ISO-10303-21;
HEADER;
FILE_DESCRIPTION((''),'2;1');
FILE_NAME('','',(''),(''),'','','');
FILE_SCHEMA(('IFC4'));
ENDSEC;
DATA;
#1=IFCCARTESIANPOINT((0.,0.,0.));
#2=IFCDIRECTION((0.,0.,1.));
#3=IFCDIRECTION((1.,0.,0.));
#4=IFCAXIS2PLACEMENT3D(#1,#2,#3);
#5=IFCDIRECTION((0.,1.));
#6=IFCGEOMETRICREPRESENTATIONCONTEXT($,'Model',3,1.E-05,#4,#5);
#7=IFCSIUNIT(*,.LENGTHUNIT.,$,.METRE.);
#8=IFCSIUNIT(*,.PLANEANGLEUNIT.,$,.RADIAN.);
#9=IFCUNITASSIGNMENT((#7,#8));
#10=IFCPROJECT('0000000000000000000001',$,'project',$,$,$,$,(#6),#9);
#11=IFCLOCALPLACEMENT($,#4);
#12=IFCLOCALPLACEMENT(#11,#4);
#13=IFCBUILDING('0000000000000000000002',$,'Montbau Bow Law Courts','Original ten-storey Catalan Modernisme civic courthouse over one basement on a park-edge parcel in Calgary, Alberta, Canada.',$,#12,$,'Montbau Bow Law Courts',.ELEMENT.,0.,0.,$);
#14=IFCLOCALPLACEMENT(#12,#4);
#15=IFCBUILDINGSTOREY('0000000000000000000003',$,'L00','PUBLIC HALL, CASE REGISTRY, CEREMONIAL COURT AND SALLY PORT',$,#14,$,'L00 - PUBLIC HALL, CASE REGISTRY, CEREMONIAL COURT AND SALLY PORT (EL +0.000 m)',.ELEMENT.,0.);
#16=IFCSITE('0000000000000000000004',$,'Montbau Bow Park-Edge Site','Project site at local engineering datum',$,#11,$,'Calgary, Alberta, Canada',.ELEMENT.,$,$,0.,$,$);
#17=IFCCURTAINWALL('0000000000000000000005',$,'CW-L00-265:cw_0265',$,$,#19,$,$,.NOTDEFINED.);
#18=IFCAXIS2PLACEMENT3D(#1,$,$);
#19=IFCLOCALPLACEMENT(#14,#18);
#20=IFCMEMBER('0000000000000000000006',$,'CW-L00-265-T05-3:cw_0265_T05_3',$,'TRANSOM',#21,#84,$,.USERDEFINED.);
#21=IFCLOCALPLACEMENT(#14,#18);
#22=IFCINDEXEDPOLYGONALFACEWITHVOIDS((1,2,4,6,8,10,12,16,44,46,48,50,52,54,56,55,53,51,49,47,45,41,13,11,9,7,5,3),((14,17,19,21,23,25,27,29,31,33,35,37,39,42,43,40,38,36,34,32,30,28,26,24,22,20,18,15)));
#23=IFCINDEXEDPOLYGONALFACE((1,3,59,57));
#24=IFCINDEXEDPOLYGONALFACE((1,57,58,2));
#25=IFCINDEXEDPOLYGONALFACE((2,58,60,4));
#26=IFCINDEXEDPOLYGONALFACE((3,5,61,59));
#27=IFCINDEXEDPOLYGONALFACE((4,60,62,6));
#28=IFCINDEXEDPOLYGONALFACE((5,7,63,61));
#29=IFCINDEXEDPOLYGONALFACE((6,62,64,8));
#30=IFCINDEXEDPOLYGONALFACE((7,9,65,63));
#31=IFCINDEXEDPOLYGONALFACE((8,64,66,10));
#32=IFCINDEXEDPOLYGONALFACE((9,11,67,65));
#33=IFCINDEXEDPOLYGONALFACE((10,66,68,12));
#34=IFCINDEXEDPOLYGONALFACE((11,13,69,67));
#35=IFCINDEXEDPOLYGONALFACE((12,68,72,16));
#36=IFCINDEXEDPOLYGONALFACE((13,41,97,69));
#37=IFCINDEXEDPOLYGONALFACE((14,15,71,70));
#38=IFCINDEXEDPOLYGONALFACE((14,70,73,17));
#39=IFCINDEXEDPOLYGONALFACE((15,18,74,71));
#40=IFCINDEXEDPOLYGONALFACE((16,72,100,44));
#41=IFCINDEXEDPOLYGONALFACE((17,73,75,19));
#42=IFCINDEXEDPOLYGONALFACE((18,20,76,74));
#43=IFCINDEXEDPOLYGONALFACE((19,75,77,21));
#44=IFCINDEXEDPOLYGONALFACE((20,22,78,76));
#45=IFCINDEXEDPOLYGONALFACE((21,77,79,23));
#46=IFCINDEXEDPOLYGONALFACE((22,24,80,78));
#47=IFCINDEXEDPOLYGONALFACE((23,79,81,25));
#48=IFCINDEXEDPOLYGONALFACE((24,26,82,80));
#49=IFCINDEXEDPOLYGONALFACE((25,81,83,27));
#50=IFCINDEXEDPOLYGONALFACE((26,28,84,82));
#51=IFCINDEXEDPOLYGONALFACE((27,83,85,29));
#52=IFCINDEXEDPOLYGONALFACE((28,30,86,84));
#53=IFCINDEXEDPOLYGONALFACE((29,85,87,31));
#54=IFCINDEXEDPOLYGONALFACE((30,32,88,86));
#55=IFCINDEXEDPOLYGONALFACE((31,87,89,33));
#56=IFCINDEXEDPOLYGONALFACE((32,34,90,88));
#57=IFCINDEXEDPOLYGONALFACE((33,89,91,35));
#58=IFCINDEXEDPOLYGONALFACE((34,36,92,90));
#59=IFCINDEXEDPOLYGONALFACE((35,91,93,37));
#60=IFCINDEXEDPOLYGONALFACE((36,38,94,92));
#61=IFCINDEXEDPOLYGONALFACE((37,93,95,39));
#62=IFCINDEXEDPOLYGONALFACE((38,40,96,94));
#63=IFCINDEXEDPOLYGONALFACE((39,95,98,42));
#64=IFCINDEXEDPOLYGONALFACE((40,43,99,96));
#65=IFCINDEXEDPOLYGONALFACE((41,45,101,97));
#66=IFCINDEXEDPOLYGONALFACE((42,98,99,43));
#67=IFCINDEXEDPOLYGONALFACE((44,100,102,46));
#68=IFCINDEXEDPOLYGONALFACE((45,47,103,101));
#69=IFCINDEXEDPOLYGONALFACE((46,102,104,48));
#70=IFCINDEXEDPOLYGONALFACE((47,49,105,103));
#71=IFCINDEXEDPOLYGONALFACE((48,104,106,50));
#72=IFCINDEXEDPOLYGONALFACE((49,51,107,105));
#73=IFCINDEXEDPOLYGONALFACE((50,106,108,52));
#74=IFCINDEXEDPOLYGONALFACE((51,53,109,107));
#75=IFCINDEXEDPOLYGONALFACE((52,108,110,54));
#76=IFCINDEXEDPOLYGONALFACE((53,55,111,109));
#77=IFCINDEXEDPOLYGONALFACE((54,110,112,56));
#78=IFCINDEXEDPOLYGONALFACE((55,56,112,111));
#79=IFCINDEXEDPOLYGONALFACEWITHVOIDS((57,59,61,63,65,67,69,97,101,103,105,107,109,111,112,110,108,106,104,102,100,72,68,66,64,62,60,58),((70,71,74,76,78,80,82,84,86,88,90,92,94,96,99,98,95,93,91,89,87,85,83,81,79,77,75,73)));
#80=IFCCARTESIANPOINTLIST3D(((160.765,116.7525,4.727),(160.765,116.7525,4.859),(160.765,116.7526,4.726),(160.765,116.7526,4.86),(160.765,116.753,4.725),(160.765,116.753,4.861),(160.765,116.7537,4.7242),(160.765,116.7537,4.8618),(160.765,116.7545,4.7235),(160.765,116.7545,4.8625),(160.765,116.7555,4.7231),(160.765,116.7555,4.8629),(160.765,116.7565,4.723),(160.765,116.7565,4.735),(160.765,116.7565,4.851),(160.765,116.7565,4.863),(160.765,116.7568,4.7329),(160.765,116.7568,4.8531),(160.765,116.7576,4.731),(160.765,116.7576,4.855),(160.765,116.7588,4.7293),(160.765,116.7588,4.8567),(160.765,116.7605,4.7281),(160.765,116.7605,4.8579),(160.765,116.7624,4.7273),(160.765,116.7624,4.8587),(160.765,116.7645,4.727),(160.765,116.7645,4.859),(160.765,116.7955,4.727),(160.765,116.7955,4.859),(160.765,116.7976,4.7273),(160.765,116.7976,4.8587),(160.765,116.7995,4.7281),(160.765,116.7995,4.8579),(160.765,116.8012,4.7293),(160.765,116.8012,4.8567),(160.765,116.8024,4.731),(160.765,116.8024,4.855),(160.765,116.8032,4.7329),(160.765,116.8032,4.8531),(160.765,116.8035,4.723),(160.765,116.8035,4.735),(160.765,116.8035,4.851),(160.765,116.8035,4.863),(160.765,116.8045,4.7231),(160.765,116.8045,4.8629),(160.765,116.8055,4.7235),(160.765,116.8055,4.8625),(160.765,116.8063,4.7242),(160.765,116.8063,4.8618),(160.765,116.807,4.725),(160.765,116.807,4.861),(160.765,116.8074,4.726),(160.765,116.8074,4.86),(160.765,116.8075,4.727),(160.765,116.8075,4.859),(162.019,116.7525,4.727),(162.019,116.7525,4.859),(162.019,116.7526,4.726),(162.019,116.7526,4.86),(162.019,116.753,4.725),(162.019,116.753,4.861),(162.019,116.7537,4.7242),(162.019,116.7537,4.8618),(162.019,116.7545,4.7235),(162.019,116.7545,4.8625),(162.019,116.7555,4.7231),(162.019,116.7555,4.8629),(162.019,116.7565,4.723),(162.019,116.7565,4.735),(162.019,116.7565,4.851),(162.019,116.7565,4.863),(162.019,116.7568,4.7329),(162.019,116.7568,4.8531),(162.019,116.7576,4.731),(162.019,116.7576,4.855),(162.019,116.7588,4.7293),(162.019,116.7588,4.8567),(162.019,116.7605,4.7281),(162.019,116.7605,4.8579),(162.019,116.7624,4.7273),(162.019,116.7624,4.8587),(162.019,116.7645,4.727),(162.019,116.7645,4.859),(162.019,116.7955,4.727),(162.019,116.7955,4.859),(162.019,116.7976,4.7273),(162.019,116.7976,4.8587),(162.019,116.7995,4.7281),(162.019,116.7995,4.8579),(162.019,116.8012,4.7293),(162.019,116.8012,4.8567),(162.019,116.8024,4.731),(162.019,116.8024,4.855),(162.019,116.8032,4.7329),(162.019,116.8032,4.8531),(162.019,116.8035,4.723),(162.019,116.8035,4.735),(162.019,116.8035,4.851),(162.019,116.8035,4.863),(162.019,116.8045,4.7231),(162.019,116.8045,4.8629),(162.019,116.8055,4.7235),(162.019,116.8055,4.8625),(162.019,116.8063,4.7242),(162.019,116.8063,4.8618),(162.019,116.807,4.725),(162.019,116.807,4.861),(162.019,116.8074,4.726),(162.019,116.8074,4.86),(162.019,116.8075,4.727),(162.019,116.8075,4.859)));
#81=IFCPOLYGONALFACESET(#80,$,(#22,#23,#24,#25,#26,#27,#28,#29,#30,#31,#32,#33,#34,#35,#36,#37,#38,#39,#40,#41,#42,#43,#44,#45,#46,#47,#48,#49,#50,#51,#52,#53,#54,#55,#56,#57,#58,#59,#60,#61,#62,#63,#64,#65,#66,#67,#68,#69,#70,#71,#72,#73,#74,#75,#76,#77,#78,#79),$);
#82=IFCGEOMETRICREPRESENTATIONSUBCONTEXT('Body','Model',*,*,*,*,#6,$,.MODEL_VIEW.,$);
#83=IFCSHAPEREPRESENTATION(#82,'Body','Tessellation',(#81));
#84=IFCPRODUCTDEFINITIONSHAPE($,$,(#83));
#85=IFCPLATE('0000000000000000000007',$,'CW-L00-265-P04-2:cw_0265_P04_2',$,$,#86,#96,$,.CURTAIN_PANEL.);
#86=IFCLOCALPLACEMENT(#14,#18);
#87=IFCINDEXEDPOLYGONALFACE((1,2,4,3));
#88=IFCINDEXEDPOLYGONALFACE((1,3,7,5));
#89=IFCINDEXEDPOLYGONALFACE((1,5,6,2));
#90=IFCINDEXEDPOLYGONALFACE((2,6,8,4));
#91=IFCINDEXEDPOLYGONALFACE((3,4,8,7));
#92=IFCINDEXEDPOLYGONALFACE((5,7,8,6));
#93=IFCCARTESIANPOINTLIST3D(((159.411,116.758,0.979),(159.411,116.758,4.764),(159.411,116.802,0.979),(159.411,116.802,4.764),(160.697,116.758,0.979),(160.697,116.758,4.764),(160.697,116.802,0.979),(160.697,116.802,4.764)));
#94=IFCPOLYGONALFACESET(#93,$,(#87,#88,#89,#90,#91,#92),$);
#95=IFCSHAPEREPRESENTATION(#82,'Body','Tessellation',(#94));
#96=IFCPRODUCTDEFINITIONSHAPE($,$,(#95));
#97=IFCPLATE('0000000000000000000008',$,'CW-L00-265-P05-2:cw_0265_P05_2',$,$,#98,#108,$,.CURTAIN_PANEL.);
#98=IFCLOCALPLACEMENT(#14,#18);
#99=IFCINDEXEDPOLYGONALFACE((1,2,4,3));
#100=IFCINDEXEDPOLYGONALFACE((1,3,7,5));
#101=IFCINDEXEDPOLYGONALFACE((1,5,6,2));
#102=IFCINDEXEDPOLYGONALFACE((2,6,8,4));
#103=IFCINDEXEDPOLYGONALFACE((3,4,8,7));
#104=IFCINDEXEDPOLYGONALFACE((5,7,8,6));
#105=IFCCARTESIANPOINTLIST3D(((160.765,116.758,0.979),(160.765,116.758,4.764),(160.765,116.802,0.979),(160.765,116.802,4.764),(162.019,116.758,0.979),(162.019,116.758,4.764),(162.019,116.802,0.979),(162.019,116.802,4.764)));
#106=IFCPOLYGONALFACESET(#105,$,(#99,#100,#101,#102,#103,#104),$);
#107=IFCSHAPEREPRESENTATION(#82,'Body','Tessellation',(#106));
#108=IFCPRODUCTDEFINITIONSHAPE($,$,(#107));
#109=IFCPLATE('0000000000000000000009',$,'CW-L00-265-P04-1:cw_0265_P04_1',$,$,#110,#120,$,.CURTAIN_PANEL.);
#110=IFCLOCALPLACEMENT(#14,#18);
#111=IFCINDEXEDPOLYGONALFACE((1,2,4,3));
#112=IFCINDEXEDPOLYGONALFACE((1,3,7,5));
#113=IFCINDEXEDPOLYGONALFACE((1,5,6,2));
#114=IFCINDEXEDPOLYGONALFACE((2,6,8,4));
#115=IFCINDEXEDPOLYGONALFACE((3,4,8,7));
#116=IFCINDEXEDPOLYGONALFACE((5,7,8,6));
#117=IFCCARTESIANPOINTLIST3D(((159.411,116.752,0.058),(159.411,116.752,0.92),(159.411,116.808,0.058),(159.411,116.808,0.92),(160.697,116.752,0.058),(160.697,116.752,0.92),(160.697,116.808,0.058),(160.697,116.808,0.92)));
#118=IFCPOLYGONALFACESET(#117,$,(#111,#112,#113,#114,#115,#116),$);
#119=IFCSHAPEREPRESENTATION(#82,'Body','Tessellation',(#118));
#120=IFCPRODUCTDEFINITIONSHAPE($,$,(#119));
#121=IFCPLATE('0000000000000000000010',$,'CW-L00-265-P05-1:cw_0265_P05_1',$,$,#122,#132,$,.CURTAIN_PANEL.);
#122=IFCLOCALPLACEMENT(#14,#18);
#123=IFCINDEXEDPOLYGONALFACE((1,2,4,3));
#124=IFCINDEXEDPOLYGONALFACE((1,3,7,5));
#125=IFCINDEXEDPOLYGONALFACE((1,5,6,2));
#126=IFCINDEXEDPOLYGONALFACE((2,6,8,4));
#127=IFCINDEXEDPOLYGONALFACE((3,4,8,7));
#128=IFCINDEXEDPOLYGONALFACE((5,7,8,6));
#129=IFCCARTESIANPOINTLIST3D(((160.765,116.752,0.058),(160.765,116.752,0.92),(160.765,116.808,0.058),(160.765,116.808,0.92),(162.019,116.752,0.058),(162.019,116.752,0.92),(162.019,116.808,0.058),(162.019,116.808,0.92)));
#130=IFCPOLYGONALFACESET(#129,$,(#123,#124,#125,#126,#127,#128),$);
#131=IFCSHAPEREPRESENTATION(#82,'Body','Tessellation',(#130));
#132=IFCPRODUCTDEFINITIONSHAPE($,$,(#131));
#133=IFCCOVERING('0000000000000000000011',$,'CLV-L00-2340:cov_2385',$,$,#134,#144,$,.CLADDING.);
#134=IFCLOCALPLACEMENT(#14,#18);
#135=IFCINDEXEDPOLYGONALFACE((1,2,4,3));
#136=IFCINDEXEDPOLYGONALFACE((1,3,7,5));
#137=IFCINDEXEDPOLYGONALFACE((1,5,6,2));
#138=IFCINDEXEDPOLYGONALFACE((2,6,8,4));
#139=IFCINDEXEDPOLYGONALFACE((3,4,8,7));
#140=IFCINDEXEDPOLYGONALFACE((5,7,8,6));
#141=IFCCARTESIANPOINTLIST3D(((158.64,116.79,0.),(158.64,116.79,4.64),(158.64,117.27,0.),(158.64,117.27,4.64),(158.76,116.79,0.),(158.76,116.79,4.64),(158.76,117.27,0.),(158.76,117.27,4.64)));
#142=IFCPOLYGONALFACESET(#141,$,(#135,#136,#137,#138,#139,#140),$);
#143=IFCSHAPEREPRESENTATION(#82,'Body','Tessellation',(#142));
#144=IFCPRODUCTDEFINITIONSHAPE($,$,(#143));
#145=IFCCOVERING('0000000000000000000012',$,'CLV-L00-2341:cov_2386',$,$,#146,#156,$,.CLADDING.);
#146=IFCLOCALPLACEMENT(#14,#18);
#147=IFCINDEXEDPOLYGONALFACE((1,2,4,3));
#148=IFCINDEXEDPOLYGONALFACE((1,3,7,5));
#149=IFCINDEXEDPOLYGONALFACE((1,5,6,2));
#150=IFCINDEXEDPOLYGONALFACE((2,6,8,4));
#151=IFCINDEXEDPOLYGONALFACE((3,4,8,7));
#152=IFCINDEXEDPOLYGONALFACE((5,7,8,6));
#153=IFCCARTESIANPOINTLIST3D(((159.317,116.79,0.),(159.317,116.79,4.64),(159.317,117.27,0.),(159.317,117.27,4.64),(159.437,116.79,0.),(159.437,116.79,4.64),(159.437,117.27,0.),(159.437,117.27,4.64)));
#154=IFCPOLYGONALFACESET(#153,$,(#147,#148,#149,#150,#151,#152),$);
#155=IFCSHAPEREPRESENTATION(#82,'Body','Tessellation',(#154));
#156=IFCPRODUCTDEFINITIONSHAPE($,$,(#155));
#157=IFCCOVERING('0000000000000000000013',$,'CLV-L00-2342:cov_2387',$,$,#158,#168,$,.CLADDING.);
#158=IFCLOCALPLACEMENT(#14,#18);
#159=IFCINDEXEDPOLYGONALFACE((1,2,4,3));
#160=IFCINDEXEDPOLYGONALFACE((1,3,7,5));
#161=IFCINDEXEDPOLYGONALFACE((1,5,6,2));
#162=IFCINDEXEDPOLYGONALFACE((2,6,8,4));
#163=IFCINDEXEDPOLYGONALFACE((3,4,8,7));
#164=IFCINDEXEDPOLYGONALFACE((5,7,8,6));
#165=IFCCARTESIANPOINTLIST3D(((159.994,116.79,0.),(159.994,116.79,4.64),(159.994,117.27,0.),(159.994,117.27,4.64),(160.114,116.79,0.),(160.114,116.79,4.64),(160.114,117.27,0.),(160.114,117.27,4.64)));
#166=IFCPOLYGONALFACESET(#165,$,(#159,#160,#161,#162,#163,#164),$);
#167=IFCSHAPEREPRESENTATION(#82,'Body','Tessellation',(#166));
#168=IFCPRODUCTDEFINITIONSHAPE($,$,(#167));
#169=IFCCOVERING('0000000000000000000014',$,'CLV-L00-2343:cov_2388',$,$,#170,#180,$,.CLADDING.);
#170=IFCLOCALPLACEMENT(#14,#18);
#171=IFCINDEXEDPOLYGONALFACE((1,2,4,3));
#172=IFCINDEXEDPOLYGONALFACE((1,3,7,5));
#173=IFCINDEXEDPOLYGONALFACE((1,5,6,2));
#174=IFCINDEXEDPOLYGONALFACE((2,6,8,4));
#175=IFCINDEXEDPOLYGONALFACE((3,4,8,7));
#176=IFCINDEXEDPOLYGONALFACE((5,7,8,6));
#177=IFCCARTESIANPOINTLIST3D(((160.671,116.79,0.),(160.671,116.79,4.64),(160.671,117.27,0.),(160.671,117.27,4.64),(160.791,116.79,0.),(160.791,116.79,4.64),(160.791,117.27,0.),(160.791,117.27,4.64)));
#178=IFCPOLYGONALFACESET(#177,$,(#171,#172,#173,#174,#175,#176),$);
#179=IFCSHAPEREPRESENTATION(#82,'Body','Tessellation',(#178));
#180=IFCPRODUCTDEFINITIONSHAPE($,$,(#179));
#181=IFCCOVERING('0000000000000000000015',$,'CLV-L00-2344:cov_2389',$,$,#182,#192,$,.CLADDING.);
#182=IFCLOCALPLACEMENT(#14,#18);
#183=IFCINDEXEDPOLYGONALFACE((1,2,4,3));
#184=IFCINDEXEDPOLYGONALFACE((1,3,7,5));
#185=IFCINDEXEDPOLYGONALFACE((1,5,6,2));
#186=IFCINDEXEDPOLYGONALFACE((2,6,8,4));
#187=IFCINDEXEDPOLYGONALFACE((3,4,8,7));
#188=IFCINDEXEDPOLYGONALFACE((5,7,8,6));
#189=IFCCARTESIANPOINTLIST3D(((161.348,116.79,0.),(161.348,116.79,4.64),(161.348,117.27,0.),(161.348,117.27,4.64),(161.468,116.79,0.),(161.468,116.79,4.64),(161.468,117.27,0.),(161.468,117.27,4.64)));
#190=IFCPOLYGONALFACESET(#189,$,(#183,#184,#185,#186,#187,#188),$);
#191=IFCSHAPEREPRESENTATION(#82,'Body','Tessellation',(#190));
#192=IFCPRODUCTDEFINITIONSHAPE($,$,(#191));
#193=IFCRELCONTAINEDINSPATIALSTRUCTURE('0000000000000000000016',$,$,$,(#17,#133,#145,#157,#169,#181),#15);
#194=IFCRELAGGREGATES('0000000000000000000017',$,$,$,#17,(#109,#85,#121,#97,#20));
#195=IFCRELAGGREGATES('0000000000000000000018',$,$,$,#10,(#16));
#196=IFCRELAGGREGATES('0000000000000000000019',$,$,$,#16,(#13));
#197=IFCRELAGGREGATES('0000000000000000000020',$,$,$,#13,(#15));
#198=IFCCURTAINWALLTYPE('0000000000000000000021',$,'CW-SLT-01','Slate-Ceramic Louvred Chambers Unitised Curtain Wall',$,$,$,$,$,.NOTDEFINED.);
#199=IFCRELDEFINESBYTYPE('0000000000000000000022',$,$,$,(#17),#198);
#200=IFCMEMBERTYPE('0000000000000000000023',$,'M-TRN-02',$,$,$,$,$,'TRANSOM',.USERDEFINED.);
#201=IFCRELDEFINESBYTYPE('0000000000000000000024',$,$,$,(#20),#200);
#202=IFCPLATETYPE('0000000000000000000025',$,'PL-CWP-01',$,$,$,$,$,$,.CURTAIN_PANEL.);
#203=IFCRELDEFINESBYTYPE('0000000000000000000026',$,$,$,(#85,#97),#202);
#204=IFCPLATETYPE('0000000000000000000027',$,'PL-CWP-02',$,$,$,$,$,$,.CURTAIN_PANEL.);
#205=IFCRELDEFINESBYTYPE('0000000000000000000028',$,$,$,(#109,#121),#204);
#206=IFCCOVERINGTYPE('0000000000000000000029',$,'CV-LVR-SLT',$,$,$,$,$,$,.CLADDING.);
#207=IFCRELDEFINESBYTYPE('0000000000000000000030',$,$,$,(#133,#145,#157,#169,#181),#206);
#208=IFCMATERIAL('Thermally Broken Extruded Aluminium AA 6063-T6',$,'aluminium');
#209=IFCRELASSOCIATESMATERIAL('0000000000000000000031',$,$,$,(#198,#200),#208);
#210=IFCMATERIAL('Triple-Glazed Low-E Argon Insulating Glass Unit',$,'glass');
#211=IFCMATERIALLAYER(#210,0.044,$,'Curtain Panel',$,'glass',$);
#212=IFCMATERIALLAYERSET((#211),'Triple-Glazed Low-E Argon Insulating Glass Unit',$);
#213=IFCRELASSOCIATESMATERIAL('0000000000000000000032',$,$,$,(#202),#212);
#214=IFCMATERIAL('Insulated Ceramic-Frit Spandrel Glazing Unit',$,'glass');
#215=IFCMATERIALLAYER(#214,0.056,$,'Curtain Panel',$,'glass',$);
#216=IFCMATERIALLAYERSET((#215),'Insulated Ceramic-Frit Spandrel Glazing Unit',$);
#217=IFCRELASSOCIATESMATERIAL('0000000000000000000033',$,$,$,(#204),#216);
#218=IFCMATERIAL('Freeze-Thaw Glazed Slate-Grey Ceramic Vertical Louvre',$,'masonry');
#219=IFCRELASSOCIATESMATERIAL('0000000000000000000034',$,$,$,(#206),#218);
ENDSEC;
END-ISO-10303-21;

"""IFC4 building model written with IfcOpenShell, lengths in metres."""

from ifc_helpers import new_model, si_unit, direction, frame, frame_2d, origin_with_axes, origin_2d_with_axis, place, context, subcontext, project, spatial, rectangle, hollow_rectangle, extrude, material, layer, layer_set, material_profile, profile_set, type_object, element, aggregate, save


model = new_model("IFC4")

# Units and contexts
model_context = context("Model", 3, precision=1e-05, world=origin_with_axes(), true_north=direction((0.0, 1.0)))
body_context = subcontext(model_context, "Body", "Model", "MODEL_VIEW")
ifc_project = project(units=[si_unit("LENGTHUNIT", "METRE"), si_unit("PLANEANGLEUNIT", "RADIAN")], contexts=[model_context])

# Site, building, storey
site_placement = place(None, origin_with_axes())
site = spatial("IfcSite", under=ifc_project, at=site_placement, Name="Montbau Bow Park-Edge Site", Description="Project site at local engineering datum", LongName="Calgary, Alberta, Canada", CompositionType="ELEMENT", RefElevation=0.0)
building_placement = place(site_placement, origin_with_axes())
building = spatial("IfcBuilding", under=site, at=building_placement, Name="Montbau Bow Law Courts", Description="Original ten-storey Catalan Modernisme civic courthouse over one basement on a park-edge parcel in Calgary, Alberta, Canada.", LongName="Montbau Bow Law Courts", CompositionType="ELEMENT", ElevationOfRefHeight=0.0, ElevationOfTerrain=0.0)
storey_placement = place(building_placement, origin_with_axes())
storey = spatial("IfcBuildingStorey", under=building, at=storey_placement, Name="L00", Description="PUBLIC HALL, CASE REGISTRY, CEREMONIAL COURT AND SALLY PORT", LongName="L00 - PUBLIC HALL, CASE REGISTRY, CEREMONIAL COURT AND SALLY PORT (EL +0.000 m)", CompositionType="ELEMENT", Elevation=0.0)

# Curtain wall
ifc_material_1 = material(Name="Thermally Broken Extruded Aluminium AA 6063-T6", Category="aluminium")
curtain_wall_type = type_object("IfcCurtainWallType", Name="CW-SLT-01", Description="Slate-Ceramic Louvred Chambers Unitised Curtain Wall", PredefinedType="NOTDEFINED", material=ifc_material_1)
curtain_wall_1_placement = place(None, frame((155.315, 116.78, 0.0), z_axis=(0.0, 0.0, 1.0), x_axis=(1.0, 0.0, 0.0)))
curtain_wall_1 = element("IfcCurtainWall", 1, at=curtain_wall_1_placement, inside=storey, type_object=curtain_wall_type, Name="CW-L00-265:cw_0265", PredefinedType="NOTDEFINED")

# Member
ifc_material_profile_1 = material_profile(ifc_material_1, hollow_rectangle(XDim=0.055, YDim=0.14, WallThickness=0.004, InnerFilletRadius=0.008, OuterFilletRadius=0.004, at=origin_2d_with_axis()), Name="CWT-140X55", Category="Main", Priority=0)
ifc_profile_set_1 = profile_set([ifc_material_profile_1], Name="Thermally Broken Extruded Aluminium AA 6063-T6")
member_type_1 = type_object("IfcMemberType", Name="M-TRN-02", ElementType="TRANSOM", PredefinedType="USERDEFINED", material=ifc_profile_set_1)
member_1_placement = place(None, frame((160.765, 116.78, 4.793), z_axis=(1.0, 0.0, 0.0), x_axis=(0.0, 1.0, 0.0)))
member_1 = element("IfcMember", 2, at=member_1_placement, type_object=member_type_1, Name="CW-L00-265-T05-3:cw_0265_T05_3", ObjectType="TRANSOM", PredefinedType="USERDEFINED", context=body_context, shape_type="SweptSolid", body=[
    extrude(hollow_rectangle(XDim=0.055, YDim=0.14, WallThickness=0.004, InnerFilletRadius=0.008, OuterFilletRadius=0.004, at=origin_2d_with_axis()), origin_with_axes(), (0.0, 0.0, 1.0), 1.254),
])

# Plates
ifc_material_2 = material(Name="Triple-Glazed Low-E Argon Insulating Glass Unit", Category="glass")
ifc_layer_1 = layer(ifc_material_2, 0.044, Name="Curtain Panel", Category="glass")
ifc_layer_set_1 = layer_set([ifc_layer_1], Name="Triple-Glazed Low-E Argon Insulating Glass Unit")
plate_type_1 = type_object("IfcPlateType", Name="PL-CWP-01", PredefinedType="CURTAIN_PANEL", material=ifc_layer_set_1)
plate_1_placement = place(None, frame((159.411, 116.78, 0.979), z_axis=(0.0, -1.0, 0.0), x_axis=(1.0, 0.0, 0.0)))
plate_1 = element("IfcPlate", 3, at=plate_1_placement, type_object=plate_type_1, Name="CW-L00-265-P04-2:cw_0265_P04_2", PredefinedType="CURTAIN_PANEL", context=body_context, shape_type="SweptSolid", body=[
    extrude(rectangle(XDim=1.286, YDim=3.785, at=frame_2d((0.643, 1.8925), x_axis=(1.0, 0.0))), frame((0.0, 0.0, -0.022), z_axis=(0.0, 0.0, 1.0), x_axis=(1.0, 0.0, 0.0)), (0.0, 0.0, 1.0), 0.044),
])
plate_2_placement = place(None, frame((160.765, 116.78, 0.979), z_axis=(0.0, -1.0, 0.0), x_axis=(1.0, 0.0, 0.0)))
plate_2 = element("IfcPlate", 4, at=plate_2_placement, type_object=plate_type_1, Name="CW-L00-265-P05-2:cw_0265_P05_2", PredefinedType="CURTAIN_PANEL", context=body_context, shape_type="SweptSolid", body=[
    extrude(rectangle(XDim=1.254, YDim=3.785, at=frame_2d((0.627, 1.8925), x_axis=(1.0, 0.0))), frame((0.0, 0.0, -0.022), z_axis=(0.0, 0.0, 1.0), x_axis=(1.0, 0.0, 0.0)), (0.0, 0.0, 1.0), 0.044),
])
ifc_material_3 = material(Name="Insulated Ceramic-Frit Spandrel Glazing Unit", Category="glass")
ifc_layer_2 = layer(ifc_material_3, 0.056, Name="Curtain Panel", Category="glass")
ifc_layer_set_2 = layer_set([ifc_layer_2], Name="Insulated Ceramic-Frit Spandrel Glazing Unit")
plate_type_2 = type_object("IfcPlateType", Name="PL-CWP-02", PredefinedType="CURTAIN_PANEL", material=ifc_layer_set_2)
plate_3_placement = place(None, frame((159.411, 116.78, 0.058), z_axis=(0.0, -1.0, 0.0), x_axis=(1.0, 0.0, 0.0)))
plate_3 = element("IfcPlate", 5, at=plate_3_placement, type_object=plate_type_2, Name="CW-L00-265-P04-1:cw_0265_P04_1", PredefinedType="CURTAIN_PANEL", context=body_context, shape_type="SweptSolid", body=[
    extrude(rectangle(XDim=1.286, YDim=0.862, at=frame_2d((0.643, 0.431), x_axis=(1.0, 0.0))), frame((0.0, 0.0, -0.028), z_axis=(0.0, 0.0, 1.0), x_axis=(1.0, 0.0, 0.0)), (0.0, 0.0, 1.0), 0.056),
])
plate_4_placement = place(None, frame((160.765, 116.78, 0.058), z_axis=(0.0, -1.0, 0.0), x_axis=(1.0, 0.0, 0.0)))
plate_4 = element("IfcPlate", 6, at=plate_4_placement, type_object=plate_type_2, Name="CW-L00-265-P05-1:cw_0265_P05_1", PredefinedType="CURTAIN_PANEL", context=body_context, shape_type="SweptSolid", body=[
    extrude(rectangle(XDim=1.254, YDim=0.862, at=frame_2d((0.627, 0.431), x_axis=(1.0, 0.0))), frame((0.0, 0.0, -0.028), z_axis=(0.0, 0.0, 1.0), x_axis=(1.0, 0.0, 0.0)), (0.0, 0.0, 1.0), 0.056),
])
aggregate(curtain_wall_1, [plate_3, plate_1, plate_4, plate_2, member_1])

# Coverings
ifc_material_4 = material(Name="Freeze-Thaw Glazed Slate-Grey Ceramic Vertical Louvre", Category="masonry")
covering_type = type_object("IfcCoveringType", Name="CV-LVR-SLT", PredefinedType="CLADDING", material=ifc_material_4)
for number, where, z_axis, x_axis, name in (
    (7, (158.7, 116.79, 0.0), (1.0, 0.0, 0.0), (0.0, 1.0, 0.0), "CLV-L00-2340:cov_2385"),
    (8, (159.377, 116.79, 0.0), (1.0, 0.0, 0.0), (0.0, 1.0, 0.0), "CLV-L00-2341:cov_2386"),
    (9, (160.054, 116.79, 0.0), (1.0, 0.0, 0.0), (0.0, 1.0, 0.0), "CLV-L00-2342:cov_2387"),
    (10, (160.731, 116.79, 0.0), (1.0, 0.0, 0.0), (0.0, 1.0, 0.0), "CLV-L00-2343:cov_2388"),
    (11, (161.408, 116.79, 0.0), (1.0, 0.0, 0.0), (0.0, 1.0, 0.0), "CLV-L00-2344:cov_2389"),
):
    element("IfcCovering", number, at=place(None, frame(where, z_axis=z_axis, x_axis=x_axis)), inside=storey, type_object=covering_type, Name=name, PredefinedType="CLADDING", context=body_context, shape_type="SweptSolid", body=[
        extrude(rectangle(XDim=0.48, YDim=4.64, at=frame_2d((0.24, 2.32), x_axis=(1.0, 0.0))), frame((0.0, 0.0, -0.06), z_axis=(0.0, 0.0, 1.0), x_axis=(1.0, 0.0, 0.0)), (0.0, 0.0, 1.0), 0.12),
    ])

save(model, "model.ifc")
